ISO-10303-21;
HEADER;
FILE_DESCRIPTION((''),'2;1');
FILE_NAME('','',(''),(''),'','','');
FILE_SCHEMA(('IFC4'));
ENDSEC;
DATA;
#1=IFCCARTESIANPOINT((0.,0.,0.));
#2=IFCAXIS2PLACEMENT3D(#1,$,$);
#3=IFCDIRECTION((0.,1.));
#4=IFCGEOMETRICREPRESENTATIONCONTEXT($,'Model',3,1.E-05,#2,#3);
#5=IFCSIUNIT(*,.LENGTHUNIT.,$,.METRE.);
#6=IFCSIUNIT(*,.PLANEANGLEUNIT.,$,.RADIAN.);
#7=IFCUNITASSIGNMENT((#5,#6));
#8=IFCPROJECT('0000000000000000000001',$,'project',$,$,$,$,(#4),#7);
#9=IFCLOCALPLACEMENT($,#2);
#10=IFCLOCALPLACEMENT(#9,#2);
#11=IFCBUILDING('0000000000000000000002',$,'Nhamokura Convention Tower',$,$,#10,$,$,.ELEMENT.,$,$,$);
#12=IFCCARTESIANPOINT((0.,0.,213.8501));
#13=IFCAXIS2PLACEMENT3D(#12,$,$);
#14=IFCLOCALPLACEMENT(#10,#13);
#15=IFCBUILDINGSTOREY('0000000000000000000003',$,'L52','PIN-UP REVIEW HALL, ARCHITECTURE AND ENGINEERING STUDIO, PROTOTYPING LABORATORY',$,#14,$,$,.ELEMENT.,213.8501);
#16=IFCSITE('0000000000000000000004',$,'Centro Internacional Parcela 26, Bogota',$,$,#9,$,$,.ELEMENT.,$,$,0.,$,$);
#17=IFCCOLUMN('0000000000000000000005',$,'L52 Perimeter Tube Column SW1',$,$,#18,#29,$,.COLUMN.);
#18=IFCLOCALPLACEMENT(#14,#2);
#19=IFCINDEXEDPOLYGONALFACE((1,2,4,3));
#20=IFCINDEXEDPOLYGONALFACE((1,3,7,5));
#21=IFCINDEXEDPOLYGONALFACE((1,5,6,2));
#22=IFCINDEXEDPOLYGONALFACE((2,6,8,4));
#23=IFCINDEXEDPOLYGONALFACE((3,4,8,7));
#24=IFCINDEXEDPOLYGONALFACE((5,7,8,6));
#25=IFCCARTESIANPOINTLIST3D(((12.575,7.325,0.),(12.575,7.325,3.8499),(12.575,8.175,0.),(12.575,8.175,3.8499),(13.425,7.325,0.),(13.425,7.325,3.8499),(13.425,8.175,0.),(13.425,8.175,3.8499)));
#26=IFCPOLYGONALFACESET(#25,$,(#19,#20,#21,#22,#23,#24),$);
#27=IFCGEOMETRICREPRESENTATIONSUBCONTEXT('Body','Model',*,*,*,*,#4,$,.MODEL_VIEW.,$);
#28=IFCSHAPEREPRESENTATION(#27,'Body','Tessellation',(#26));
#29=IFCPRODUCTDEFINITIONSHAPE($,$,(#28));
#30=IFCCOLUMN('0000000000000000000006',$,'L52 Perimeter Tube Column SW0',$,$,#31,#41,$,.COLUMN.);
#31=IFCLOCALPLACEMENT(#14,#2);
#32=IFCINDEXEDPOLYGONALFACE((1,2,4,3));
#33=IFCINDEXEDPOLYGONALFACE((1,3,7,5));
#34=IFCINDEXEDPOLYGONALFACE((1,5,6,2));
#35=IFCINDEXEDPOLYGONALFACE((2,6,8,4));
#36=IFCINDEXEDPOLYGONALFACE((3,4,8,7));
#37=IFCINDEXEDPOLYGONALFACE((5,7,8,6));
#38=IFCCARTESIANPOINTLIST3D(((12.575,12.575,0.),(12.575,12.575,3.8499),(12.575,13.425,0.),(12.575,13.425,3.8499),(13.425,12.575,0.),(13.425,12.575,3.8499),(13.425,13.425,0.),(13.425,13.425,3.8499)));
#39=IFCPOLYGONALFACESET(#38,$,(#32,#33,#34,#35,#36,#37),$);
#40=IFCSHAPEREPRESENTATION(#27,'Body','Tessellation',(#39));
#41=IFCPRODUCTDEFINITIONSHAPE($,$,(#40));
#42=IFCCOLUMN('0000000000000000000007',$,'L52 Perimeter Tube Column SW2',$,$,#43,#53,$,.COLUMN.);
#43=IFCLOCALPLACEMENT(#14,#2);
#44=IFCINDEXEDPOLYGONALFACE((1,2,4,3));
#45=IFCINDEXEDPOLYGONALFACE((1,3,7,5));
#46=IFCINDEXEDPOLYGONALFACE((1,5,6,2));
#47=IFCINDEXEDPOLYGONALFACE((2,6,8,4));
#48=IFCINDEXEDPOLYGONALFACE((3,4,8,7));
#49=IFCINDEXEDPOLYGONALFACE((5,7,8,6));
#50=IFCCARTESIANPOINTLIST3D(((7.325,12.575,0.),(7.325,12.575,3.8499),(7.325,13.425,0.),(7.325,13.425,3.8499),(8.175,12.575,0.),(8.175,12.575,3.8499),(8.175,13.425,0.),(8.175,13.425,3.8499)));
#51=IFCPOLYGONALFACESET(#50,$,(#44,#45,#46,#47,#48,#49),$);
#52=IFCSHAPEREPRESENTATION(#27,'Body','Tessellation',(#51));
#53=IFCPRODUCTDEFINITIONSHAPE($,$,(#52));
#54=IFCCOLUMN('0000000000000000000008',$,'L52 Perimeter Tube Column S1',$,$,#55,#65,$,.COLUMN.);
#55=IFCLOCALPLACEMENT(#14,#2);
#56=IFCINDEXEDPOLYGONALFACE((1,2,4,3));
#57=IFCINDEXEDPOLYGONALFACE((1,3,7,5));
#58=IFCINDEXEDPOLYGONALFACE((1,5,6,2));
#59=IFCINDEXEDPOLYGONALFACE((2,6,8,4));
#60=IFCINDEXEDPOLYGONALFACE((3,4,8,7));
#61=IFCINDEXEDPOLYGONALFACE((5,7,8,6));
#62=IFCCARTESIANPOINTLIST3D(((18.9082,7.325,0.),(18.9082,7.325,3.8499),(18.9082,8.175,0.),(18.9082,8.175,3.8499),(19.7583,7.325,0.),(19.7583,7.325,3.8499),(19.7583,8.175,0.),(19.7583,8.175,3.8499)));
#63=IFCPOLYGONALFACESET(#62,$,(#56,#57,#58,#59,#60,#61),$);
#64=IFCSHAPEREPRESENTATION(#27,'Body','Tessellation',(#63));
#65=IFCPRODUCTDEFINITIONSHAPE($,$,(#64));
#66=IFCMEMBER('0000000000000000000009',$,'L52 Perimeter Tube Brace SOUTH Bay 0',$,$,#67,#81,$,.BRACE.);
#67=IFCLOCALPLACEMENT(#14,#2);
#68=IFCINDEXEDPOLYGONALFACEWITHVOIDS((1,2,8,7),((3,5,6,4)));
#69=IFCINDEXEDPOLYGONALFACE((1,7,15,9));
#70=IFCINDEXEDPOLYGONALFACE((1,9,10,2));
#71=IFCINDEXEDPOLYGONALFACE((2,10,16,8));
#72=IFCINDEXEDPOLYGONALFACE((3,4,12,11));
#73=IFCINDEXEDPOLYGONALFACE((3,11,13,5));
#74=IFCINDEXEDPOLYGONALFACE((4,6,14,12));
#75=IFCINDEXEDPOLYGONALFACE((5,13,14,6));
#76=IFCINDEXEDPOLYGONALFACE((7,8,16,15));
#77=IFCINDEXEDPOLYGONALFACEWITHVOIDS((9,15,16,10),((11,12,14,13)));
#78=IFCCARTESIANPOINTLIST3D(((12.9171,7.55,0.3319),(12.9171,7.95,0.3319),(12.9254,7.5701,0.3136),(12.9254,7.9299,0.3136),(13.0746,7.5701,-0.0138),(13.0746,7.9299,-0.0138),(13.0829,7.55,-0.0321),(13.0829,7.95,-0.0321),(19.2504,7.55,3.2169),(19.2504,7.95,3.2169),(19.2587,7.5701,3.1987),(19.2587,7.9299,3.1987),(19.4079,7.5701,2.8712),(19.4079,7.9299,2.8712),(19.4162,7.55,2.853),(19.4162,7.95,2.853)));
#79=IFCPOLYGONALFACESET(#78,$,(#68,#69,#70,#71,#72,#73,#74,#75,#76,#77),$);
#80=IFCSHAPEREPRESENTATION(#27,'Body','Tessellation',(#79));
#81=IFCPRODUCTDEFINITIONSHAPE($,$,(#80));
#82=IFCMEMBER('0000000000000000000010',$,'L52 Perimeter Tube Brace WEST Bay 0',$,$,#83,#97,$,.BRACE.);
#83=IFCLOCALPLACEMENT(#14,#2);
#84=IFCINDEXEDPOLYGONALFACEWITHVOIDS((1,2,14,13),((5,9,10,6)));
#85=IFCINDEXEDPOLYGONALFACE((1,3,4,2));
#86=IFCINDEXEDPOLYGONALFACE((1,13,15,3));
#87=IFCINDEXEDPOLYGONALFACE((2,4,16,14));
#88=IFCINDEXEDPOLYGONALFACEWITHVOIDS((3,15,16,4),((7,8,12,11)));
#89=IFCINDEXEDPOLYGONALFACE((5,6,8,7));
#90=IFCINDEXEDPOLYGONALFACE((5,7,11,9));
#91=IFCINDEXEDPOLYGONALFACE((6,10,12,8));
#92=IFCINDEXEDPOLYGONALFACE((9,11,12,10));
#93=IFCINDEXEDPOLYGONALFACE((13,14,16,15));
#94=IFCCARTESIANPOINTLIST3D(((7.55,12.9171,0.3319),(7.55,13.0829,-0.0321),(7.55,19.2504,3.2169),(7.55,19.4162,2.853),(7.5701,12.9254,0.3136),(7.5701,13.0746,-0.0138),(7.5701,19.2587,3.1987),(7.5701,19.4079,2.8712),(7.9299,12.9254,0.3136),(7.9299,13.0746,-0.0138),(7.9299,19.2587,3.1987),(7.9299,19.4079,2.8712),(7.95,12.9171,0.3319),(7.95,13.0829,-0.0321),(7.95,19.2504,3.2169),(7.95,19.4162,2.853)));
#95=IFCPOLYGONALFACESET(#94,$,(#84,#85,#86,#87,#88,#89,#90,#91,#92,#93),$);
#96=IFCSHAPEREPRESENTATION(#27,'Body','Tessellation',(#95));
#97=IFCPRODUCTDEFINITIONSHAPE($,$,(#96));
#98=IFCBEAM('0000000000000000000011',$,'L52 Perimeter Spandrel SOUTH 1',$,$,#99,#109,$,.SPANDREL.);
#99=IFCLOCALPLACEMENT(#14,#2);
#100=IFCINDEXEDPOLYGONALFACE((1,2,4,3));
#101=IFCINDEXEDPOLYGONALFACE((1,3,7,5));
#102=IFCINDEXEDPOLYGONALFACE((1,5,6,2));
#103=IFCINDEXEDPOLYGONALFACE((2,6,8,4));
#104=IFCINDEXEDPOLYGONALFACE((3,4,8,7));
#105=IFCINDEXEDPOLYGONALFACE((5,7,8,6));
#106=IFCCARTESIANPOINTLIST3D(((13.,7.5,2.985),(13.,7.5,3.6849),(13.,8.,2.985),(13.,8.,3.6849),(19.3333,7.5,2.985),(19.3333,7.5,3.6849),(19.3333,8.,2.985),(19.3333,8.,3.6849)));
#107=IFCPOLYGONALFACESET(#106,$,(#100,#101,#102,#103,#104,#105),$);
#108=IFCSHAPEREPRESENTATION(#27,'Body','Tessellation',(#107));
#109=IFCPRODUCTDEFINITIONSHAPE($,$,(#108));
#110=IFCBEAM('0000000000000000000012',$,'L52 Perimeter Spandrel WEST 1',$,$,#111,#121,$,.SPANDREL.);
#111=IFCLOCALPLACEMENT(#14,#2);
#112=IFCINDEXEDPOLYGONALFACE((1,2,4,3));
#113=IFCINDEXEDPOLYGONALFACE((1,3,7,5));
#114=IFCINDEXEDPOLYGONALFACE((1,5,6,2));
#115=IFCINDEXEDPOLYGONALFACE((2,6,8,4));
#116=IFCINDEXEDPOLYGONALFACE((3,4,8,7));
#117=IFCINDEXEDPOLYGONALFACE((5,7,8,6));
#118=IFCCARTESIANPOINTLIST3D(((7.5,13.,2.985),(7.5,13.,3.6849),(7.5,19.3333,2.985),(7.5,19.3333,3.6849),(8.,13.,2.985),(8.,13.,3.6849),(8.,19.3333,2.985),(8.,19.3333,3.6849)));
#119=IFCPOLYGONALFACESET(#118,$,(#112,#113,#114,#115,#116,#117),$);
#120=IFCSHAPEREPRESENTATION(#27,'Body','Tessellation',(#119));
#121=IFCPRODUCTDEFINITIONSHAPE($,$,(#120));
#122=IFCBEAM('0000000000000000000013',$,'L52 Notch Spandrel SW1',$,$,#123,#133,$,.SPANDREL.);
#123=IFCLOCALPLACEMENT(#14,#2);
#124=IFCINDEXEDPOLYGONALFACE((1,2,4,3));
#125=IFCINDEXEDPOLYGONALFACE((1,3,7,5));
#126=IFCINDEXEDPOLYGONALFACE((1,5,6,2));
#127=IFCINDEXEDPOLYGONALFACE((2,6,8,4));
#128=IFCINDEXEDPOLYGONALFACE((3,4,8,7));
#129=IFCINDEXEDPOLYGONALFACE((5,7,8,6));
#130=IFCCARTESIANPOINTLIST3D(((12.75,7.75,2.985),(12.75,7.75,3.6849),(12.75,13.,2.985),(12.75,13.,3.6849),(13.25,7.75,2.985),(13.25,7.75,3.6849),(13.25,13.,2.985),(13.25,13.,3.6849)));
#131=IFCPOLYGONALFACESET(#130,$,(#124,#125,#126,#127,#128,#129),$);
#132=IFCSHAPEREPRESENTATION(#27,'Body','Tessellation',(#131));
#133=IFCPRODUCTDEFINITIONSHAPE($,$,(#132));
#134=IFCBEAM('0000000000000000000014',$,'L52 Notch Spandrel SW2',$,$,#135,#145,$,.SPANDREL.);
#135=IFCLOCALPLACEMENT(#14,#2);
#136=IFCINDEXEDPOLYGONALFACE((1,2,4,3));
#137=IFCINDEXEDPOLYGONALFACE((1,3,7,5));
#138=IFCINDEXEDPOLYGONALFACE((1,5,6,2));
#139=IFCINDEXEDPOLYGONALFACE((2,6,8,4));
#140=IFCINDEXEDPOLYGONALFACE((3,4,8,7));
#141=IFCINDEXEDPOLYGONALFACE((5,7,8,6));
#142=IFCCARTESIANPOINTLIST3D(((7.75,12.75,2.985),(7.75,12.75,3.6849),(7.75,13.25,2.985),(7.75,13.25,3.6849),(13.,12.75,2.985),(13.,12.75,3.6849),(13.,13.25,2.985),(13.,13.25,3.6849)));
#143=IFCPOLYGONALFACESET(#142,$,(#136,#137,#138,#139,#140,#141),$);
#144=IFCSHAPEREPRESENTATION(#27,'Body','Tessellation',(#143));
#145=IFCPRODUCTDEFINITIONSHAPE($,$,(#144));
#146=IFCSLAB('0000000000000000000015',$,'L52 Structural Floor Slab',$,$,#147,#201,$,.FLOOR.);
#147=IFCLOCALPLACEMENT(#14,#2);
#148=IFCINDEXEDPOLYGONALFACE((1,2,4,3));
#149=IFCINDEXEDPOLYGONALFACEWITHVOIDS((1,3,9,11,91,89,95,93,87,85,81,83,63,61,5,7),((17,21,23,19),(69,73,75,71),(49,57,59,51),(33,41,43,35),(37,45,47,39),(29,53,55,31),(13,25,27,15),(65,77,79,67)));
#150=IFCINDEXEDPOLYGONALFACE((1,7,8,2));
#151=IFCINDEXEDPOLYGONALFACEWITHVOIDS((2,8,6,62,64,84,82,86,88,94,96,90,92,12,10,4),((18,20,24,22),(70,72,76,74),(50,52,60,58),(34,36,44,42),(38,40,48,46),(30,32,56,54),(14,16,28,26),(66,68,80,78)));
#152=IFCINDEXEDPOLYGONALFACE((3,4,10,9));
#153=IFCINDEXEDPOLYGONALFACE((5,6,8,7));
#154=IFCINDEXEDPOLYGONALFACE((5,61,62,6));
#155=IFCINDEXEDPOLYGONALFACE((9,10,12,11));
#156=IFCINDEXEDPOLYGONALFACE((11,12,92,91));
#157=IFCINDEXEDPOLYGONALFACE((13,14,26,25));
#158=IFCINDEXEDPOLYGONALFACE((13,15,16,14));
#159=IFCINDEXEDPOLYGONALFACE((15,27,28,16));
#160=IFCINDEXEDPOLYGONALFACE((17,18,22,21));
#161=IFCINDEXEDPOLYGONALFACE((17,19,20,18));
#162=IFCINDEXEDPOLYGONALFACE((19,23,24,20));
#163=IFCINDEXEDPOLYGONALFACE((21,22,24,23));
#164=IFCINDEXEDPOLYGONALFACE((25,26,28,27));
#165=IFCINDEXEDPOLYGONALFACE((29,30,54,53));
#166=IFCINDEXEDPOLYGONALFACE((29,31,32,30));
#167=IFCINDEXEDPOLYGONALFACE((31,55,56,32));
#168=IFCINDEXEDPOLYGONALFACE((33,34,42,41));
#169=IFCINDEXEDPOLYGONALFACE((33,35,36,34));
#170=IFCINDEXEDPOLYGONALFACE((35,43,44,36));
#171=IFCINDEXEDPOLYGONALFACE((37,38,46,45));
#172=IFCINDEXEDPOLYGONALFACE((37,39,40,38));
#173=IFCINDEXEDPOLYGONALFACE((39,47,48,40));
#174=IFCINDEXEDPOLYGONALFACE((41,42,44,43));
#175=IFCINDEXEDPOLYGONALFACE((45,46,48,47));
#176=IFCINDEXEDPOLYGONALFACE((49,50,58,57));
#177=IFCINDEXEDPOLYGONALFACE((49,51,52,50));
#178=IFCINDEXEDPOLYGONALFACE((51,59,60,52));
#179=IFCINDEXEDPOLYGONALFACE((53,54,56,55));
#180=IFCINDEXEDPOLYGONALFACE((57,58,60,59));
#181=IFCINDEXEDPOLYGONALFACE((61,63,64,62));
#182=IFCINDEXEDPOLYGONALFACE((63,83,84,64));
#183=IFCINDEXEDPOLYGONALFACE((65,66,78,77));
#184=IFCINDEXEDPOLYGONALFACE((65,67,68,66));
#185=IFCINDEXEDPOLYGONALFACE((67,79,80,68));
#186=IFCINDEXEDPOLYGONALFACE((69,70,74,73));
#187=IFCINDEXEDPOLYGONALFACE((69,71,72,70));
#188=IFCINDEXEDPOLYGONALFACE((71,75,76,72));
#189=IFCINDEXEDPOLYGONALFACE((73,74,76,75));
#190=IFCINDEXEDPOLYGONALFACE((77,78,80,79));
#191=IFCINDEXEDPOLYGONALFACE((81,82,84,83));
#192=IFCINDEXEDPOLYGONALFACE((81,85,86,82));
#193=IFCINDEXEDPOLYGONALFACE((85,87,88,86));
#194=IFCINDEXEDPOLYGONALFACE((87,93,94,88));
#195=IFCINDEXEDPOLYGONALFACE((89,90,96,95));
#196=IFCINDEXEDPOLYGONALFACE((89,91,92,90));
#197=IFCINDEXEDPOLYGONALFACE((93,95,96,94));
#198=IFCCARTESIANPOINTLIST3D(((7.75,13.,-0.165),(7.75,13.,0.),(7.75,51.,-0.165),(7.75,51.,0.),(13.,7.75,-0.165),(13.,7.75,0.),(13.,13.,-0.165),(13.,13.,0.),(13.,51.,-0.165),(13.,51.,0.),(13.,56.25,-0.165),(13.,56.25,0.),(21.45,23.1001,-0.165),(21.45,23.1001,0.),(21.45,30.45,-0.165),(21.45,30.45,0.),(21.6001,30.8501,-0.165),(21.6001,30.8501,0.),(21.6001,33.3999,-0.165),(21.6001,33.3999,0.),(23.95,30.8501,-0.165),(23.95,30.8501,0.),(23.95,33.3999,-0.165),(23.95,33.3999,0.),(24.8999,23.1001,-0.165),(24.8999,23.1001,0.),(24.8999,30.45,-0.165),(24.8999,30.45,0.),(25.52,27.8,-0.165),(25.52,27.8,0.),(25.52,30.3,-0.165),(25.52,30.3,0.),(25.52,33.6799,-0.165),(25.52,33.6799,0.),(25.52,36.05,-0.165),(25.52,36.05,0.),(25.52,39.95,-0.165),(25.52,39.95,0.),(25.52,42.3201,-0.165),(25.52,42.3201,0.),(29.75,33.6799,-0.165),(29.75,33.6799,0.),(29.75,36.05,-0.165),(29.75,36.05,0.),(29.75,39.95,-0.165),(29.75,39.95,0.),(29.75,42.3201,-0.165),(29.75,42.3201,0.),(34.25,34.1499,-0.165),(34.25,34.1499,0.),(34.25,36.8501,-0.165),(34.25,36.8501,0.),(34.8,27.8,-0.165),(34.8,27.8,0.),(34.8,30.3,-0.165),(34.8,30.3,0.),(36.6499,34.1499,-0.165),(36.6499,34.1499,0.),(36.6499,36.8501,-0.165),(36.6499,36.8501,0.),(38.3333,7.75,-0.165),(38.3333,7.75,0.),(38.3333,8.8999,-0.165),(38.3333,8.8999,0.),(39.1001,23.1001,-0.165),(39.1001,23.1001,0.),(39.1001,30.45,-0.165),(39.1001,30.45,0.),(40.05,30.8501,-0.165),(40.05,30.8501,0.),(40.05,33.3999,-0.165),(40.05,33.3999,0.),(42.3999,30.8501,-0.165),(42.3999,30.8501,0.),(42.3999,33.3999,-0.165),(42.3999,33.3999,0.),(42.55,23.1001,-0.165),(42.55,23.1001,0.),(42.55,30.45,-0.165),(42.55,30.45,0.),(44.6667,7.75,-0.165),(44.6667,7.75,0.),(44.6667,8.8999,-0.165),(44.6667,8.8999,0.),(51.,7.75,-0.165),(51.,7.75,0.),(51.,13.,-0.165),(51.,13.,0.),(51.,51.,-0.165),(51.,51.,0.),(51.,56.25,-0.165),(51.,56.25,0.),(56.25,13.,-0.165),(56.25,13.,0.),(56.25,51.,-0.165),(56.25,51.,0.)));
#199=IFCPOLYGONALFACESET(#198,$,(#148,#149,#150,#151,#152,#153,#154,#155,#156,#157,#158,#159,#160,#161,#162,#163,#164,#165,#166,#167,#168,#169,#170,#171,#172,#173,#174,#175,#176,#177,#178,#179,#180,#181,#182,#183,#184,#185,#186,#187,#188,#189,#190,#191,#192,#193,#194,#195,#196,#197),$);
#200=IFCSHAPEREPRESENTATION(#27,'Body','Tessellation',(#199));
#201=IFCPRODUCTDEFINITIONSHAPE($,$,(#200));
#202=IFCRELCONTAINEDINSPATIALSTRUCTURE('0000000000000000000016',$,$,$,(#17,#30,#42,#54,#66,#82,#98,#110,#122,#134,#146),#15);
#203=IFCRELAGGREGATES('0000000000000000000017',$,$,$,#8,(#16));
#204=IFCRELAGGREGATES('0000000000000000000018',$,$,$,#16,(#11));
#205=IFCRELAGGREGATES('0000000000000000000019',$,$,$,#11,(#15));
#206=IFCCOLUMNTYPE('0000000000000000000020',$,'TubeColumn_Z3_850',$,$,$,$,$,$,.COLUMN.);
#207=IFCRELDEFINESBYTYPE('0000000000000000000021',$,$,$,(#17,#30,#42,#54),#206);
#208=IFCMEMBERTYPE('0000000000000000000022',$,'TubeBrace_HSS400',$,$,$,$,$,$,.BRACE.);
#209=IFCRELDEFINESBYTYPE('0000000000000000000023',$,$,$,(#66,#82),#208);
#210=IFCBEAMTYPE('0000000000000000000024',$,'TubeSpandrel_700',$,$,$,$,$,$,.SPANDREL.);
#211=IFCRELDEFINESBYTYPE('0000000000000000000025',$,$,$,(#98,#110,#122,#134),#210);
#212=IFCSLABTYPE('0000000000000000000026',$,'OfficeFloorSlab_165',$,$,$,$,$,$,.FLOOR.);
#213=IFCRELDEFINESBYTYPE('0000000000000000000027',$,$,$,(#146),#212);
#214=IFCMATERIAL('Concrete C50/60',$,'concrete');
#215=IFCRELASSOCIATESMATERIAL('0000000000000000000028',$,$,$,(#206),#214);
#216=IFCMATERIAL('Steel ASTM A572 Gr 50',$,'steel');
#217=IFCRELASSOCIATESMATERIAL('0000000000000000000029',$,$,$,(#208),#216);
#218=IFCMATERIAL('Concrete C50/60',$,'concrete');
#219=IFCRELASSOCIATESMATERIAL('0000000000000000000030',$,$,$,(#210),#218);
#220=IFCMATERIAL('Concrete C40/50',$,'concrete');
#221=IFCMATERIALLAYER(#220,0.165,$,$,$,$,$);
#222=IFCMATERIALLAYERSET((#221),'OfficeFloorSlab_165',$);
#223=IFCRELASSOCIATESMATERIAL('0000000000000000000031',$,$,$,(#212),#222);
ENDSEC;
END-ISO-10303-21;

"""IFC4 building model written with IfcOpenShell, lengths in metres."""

from ifc_helpers import new_model, si_unit, direction, frame, origin, origin_2d, place, context, subcontext, project, spatial, polyline, rectangle, hollow_rectangle, outline, extrude, material, layer, layer_set, material_profile, profile_set, type_object, element, save


model = new_model("IFC4")

# Units and contexts
model_context = context("Model", 3, precision=1e-05, world=origin(), true_north=direction((0.0, 1.0)))
body_context = subcontext(model_context, "Body", "Model", "MODEL_VIEW")
ifc_project = project(units=[si_unit("LENGTHUNIT", "METRE"), si_unit("PLANEANGLEUNIT", "RADIAN")], contexts=[model_context])

# Site, building, storey
site_placement = place(None, origin())
site = spatial("IfcSite", under=ifc_project, at=site_placement, Name="Centro Internacional Parcela 26, Bogota", CompositionType="ELEMENT", RefElevation=0.0)
building_placement = place(site_placement, origin())
building = spatial("IfcBuilding", under=site, at=building_placement, Name="Nhamokura Convention Tower", CompositionType="ELEMENT")
storey_placement = place(building_placement, frame((0.0, 0.0, 213.8501)))
storey = spatial("IfcBuildingStorey", under=building, at=storey_placement, Name="L52", Description="PIN-UP REVIEW HALL, ARCHITECTURE AND ENGINEERING STUDIO, PROTOTYPING LABORATORY", CompositionType="ELEMENT", Elevation=213.8501)

# Columns
ifc_material_1 = material(Name="Concrete C50/60", Category="concrete")
ifc_material_profile_1 = material_profile(ifc_material_1, rectangle(XDim=0.8501, YDim=0.8501, at=origin_2d()))
ifc_profile_set_1 = profile_set([ifc_material_profile_1], Name="Concrete C50/60")
column_type = type_object("IfcColumnType", Name="TubeColumn_Z3_850", PredefinedType="COLUMN", material=ifc_profile_set_1)
for number, where, z_axis, x_axis, name in (
    (1, (13.0, 7.75, 0.0), (0.0, 0.0, 1.0), (1.0, 0.0, 0.0), "L52 Perimeter Tube Column SW1"),
    (2, (13.0, 13.0, 0.0), (0.0, 0.0, 1.0), (1.0, 0.0, 0.0), "L52 Perimeter Tube Column SW0"),
    (3, (7.75, 13.0, 0.0), (0.0, 0.0, 1.0), (1.0, 0.0, 0.0), "L52 Perimeter Tube Column SW2"),
    (4, (19.3333, 7.75, 0.0), (0.0, 0.0, 1.0), (1.0, 0.0, 0.0), "L52 Perimeter Tube Column S1"),
):
    element("IfcColumn", number, at=place(storey_placement, frame(where, z_axis=z_axis, x_axis=x_axis)), inside=storey, type_object=column_type, Name=name, PredefinedType="COLUMN", context=body_context, shape_type="SweptSolid", body=[
        extrude(rectangle(XDim=0.8501, YDim=0.8501, at=origin_2d()), origin(), (0.0, 0.0, 1.0), 3.8499),
    ])

# Members
ifc_material_2 = material(Name="Steel ASTM A572 Gr 50", Category="steel")
ifc_material_profile_2 = material_profile(ifc_material_2, hollow_rectangle(XDim=0.3999, YDim=0.3999, WallThickness=0.02, at=origin_2d()))
ifc_profile_set_2 = profile_set([ifc_material_profile_2], Name="Steel ASTM A572 Gr 50")
member_type = type_object("IfcMemberType", Name="TubeBrace_HSS400", PredefinedType="BRACE", material=ifc_profile_set_2)
for number, where, z_axis, x_axis, name in (
    (5, (13.0, 7.75, 0.1499), (0.910027, 0.0, 0.414548), (0.0, 1.0, 0.0), "L52 Perimeter Tube Brace SOUTH Bay 0"),
    (6, (7.75, 13.0, 0.1499), (0.0, 0.910027, 0.414548), (-1.0, 0.0, 0.0), "L52 Perimeter Tube Brace WEST Bay 0"),
):
    element("IfcMember", number, at=place(storey_placement, frame(where, z_axis=z_axis, x_axis=x_axis)), inside=storey, type_object=member_type, Name=name, PredefinedType="BRACE", context=body_context, shape_type="SweptSolid", body=[
        extrude(hollow_rectangle(XDim=0.3999, YDim=0.3999, WallThickness=0.02, at=origin_2d()), origin(), (0.0, 0.0, 1.0), 6.9595),
    ])

# Beams
ifc_material_3 = material(Name="Concrete C50/60", Category="concrete")
ifc_material_profile_3 = material_profile(ifc_material_3, rectangle(XDim=0.5, YDim=0.7, at=origin_2d()))
ifc_profile_set_3 = profile_set([ifc_material_profile_3], Name="Concrete C50/60")
beam_type = type_object("IfcBeamType", Name="TubeSpandrel_700", PredefinedType="SPANDREL", material=ifc_profile_set_3)
for number, where, z_axis, x_axis, name in (
    (7, (13.0, 7.75, 3.335), (1.0, 0.0, 0.0), (0.0, 1.0, 0.0), "L52 Perimeter Spandrel SOUTH 1"),
    (8, (7.75, 13.0, 3.335), (0.0, 1.0, 0.0), (-1.0, 0.0, 0.0), "L52 Perimeter Spandrel WEST 1"),
):
    element("IfcBeam", number, at=place(storey_placement, frame(where, z_axis=z_axis, x_axis=x_axis)), inside=storey, type_object=beam_type, Name=name, PredefinedType="SPANDREL", context=body_context, shape_type="SweptSolid", body=[
        extrude(rectangle(XDim=0.5, YDim=0.7, at=origin_2d()), origin(), (0.0, 0.0, 1.0), 6.3333),
    ])
for number, where, z_axis, x_axis, name in (
    (9, (13.0, 7.75, 3.335), (0.0, 1.0, 0.0), (-1.0, 0.0, 0.0), "L52 Notch Spandrel SW1"),
    (10, (13.0, 13.0, 3.335), (-1.0, 0.0, 0.0), (0.0, -1.0, 0.0), "L52 Notch Spandrel SW2"),
):
    element("IfcBeam", number, at=place(storey_placement, frame(where, z_axis=z_axis, x_axis=x_axis)), inside=storey, type_object=beam_type, Name=name, PredefinedType="SPANDREL", context=body_context, shape_type="SweptSolid", body=[
        extrude(rectangle(XDim=0.5, YDim=0.7, at=origin_2d()), origin(), (0.0, 0.0, 1.0), 5.25),
    ])

# Slab
ifc_material_4 = material(Name="Concrete C40/50", Category="concrete")
ifc_layer_1 = layer(ifc_material_4, 0.165)
ifc_layer_set_1 = layer_set([ifc_layer_1], Name="OfficeFloorSlab_165")
slab_type_1 = type_object("IfcSlabType", Name="OfficeFloorSlab_165", PredefinedType="FLOOR", material=ifc_layer_set_1)
slab_1_placement = place(storey_placement, frame((0.0, 0.0, -0.165)))
element("IfcSlab", 11, at=slab_1_placement, inside=storey, type_object=slab_type_1, Name="L52 Structural Floor Slab", PredefinedType="FLOOR", context=body_context, shape_type="SweptSolid", body=[
    extrude(outline(polyline([(13.0, 7.75), (38.3333, 7.75), (38.3333, 8.8999), (44.6667, 8.8999), (44.6667, 7.75), (51.0, 7.75), (51.0, 13.0), (56.25, 13.0), (56.25, 51.0), (51.0, 51.0), (51.0, 56.25), (13.0, 56.25), (13.0, 51.0), (7.75, 51.0), (7.75, 13.0), (13.0, 13.0), (13.0, 7.75)]), holes=[polyline([(24.8999, 23.1001), (24.8999, 30.45), (21.45, 30.45), (21.45, 23.1001), (24.8999, 23.1001)]), polyline([(42.55, 23.1001), (42.55, 30.45), (39.1001, 30.45), (39.1001, 23.1001), (42.55, 23.1001)]), polyline([(21.6001, 30.8501), (23.95, 30.8501), (23.95, 33.3999), (21.6001, 33.3999), (21.6001, 30.8501)]), polyline([(40.05, 30.8501), (42.3999, 30.8501), (42.3999, 33.3999), (40.05, 33.3999), (40.05, 30.8501)]), polyline([(34.25, 34.1499), (36.6499, 34.1499), (36.6499, 36.8501), (34.25, 36.8501), (34.25, 34.1499)]), polyline([(25.52, 27.8), (34.8, 27.8), (34.8, 30.3), (25.52, 30.3), (25.52, 27.8)]), polyline([(25.52, 33.6799), (29.75, 33.6799), (29.75, 36.05), (25.52, 36.05), (25.52, 33.6799)]), polyline([(25.52, 39.95), (29.75, 39.95), (29.75, 42.3201), (25.52, 42.3201), (25.52, 39.95)])]), origin(), (0.0, 0.0, 1.0), 0.165),
])

save(model, "model.ifc")
